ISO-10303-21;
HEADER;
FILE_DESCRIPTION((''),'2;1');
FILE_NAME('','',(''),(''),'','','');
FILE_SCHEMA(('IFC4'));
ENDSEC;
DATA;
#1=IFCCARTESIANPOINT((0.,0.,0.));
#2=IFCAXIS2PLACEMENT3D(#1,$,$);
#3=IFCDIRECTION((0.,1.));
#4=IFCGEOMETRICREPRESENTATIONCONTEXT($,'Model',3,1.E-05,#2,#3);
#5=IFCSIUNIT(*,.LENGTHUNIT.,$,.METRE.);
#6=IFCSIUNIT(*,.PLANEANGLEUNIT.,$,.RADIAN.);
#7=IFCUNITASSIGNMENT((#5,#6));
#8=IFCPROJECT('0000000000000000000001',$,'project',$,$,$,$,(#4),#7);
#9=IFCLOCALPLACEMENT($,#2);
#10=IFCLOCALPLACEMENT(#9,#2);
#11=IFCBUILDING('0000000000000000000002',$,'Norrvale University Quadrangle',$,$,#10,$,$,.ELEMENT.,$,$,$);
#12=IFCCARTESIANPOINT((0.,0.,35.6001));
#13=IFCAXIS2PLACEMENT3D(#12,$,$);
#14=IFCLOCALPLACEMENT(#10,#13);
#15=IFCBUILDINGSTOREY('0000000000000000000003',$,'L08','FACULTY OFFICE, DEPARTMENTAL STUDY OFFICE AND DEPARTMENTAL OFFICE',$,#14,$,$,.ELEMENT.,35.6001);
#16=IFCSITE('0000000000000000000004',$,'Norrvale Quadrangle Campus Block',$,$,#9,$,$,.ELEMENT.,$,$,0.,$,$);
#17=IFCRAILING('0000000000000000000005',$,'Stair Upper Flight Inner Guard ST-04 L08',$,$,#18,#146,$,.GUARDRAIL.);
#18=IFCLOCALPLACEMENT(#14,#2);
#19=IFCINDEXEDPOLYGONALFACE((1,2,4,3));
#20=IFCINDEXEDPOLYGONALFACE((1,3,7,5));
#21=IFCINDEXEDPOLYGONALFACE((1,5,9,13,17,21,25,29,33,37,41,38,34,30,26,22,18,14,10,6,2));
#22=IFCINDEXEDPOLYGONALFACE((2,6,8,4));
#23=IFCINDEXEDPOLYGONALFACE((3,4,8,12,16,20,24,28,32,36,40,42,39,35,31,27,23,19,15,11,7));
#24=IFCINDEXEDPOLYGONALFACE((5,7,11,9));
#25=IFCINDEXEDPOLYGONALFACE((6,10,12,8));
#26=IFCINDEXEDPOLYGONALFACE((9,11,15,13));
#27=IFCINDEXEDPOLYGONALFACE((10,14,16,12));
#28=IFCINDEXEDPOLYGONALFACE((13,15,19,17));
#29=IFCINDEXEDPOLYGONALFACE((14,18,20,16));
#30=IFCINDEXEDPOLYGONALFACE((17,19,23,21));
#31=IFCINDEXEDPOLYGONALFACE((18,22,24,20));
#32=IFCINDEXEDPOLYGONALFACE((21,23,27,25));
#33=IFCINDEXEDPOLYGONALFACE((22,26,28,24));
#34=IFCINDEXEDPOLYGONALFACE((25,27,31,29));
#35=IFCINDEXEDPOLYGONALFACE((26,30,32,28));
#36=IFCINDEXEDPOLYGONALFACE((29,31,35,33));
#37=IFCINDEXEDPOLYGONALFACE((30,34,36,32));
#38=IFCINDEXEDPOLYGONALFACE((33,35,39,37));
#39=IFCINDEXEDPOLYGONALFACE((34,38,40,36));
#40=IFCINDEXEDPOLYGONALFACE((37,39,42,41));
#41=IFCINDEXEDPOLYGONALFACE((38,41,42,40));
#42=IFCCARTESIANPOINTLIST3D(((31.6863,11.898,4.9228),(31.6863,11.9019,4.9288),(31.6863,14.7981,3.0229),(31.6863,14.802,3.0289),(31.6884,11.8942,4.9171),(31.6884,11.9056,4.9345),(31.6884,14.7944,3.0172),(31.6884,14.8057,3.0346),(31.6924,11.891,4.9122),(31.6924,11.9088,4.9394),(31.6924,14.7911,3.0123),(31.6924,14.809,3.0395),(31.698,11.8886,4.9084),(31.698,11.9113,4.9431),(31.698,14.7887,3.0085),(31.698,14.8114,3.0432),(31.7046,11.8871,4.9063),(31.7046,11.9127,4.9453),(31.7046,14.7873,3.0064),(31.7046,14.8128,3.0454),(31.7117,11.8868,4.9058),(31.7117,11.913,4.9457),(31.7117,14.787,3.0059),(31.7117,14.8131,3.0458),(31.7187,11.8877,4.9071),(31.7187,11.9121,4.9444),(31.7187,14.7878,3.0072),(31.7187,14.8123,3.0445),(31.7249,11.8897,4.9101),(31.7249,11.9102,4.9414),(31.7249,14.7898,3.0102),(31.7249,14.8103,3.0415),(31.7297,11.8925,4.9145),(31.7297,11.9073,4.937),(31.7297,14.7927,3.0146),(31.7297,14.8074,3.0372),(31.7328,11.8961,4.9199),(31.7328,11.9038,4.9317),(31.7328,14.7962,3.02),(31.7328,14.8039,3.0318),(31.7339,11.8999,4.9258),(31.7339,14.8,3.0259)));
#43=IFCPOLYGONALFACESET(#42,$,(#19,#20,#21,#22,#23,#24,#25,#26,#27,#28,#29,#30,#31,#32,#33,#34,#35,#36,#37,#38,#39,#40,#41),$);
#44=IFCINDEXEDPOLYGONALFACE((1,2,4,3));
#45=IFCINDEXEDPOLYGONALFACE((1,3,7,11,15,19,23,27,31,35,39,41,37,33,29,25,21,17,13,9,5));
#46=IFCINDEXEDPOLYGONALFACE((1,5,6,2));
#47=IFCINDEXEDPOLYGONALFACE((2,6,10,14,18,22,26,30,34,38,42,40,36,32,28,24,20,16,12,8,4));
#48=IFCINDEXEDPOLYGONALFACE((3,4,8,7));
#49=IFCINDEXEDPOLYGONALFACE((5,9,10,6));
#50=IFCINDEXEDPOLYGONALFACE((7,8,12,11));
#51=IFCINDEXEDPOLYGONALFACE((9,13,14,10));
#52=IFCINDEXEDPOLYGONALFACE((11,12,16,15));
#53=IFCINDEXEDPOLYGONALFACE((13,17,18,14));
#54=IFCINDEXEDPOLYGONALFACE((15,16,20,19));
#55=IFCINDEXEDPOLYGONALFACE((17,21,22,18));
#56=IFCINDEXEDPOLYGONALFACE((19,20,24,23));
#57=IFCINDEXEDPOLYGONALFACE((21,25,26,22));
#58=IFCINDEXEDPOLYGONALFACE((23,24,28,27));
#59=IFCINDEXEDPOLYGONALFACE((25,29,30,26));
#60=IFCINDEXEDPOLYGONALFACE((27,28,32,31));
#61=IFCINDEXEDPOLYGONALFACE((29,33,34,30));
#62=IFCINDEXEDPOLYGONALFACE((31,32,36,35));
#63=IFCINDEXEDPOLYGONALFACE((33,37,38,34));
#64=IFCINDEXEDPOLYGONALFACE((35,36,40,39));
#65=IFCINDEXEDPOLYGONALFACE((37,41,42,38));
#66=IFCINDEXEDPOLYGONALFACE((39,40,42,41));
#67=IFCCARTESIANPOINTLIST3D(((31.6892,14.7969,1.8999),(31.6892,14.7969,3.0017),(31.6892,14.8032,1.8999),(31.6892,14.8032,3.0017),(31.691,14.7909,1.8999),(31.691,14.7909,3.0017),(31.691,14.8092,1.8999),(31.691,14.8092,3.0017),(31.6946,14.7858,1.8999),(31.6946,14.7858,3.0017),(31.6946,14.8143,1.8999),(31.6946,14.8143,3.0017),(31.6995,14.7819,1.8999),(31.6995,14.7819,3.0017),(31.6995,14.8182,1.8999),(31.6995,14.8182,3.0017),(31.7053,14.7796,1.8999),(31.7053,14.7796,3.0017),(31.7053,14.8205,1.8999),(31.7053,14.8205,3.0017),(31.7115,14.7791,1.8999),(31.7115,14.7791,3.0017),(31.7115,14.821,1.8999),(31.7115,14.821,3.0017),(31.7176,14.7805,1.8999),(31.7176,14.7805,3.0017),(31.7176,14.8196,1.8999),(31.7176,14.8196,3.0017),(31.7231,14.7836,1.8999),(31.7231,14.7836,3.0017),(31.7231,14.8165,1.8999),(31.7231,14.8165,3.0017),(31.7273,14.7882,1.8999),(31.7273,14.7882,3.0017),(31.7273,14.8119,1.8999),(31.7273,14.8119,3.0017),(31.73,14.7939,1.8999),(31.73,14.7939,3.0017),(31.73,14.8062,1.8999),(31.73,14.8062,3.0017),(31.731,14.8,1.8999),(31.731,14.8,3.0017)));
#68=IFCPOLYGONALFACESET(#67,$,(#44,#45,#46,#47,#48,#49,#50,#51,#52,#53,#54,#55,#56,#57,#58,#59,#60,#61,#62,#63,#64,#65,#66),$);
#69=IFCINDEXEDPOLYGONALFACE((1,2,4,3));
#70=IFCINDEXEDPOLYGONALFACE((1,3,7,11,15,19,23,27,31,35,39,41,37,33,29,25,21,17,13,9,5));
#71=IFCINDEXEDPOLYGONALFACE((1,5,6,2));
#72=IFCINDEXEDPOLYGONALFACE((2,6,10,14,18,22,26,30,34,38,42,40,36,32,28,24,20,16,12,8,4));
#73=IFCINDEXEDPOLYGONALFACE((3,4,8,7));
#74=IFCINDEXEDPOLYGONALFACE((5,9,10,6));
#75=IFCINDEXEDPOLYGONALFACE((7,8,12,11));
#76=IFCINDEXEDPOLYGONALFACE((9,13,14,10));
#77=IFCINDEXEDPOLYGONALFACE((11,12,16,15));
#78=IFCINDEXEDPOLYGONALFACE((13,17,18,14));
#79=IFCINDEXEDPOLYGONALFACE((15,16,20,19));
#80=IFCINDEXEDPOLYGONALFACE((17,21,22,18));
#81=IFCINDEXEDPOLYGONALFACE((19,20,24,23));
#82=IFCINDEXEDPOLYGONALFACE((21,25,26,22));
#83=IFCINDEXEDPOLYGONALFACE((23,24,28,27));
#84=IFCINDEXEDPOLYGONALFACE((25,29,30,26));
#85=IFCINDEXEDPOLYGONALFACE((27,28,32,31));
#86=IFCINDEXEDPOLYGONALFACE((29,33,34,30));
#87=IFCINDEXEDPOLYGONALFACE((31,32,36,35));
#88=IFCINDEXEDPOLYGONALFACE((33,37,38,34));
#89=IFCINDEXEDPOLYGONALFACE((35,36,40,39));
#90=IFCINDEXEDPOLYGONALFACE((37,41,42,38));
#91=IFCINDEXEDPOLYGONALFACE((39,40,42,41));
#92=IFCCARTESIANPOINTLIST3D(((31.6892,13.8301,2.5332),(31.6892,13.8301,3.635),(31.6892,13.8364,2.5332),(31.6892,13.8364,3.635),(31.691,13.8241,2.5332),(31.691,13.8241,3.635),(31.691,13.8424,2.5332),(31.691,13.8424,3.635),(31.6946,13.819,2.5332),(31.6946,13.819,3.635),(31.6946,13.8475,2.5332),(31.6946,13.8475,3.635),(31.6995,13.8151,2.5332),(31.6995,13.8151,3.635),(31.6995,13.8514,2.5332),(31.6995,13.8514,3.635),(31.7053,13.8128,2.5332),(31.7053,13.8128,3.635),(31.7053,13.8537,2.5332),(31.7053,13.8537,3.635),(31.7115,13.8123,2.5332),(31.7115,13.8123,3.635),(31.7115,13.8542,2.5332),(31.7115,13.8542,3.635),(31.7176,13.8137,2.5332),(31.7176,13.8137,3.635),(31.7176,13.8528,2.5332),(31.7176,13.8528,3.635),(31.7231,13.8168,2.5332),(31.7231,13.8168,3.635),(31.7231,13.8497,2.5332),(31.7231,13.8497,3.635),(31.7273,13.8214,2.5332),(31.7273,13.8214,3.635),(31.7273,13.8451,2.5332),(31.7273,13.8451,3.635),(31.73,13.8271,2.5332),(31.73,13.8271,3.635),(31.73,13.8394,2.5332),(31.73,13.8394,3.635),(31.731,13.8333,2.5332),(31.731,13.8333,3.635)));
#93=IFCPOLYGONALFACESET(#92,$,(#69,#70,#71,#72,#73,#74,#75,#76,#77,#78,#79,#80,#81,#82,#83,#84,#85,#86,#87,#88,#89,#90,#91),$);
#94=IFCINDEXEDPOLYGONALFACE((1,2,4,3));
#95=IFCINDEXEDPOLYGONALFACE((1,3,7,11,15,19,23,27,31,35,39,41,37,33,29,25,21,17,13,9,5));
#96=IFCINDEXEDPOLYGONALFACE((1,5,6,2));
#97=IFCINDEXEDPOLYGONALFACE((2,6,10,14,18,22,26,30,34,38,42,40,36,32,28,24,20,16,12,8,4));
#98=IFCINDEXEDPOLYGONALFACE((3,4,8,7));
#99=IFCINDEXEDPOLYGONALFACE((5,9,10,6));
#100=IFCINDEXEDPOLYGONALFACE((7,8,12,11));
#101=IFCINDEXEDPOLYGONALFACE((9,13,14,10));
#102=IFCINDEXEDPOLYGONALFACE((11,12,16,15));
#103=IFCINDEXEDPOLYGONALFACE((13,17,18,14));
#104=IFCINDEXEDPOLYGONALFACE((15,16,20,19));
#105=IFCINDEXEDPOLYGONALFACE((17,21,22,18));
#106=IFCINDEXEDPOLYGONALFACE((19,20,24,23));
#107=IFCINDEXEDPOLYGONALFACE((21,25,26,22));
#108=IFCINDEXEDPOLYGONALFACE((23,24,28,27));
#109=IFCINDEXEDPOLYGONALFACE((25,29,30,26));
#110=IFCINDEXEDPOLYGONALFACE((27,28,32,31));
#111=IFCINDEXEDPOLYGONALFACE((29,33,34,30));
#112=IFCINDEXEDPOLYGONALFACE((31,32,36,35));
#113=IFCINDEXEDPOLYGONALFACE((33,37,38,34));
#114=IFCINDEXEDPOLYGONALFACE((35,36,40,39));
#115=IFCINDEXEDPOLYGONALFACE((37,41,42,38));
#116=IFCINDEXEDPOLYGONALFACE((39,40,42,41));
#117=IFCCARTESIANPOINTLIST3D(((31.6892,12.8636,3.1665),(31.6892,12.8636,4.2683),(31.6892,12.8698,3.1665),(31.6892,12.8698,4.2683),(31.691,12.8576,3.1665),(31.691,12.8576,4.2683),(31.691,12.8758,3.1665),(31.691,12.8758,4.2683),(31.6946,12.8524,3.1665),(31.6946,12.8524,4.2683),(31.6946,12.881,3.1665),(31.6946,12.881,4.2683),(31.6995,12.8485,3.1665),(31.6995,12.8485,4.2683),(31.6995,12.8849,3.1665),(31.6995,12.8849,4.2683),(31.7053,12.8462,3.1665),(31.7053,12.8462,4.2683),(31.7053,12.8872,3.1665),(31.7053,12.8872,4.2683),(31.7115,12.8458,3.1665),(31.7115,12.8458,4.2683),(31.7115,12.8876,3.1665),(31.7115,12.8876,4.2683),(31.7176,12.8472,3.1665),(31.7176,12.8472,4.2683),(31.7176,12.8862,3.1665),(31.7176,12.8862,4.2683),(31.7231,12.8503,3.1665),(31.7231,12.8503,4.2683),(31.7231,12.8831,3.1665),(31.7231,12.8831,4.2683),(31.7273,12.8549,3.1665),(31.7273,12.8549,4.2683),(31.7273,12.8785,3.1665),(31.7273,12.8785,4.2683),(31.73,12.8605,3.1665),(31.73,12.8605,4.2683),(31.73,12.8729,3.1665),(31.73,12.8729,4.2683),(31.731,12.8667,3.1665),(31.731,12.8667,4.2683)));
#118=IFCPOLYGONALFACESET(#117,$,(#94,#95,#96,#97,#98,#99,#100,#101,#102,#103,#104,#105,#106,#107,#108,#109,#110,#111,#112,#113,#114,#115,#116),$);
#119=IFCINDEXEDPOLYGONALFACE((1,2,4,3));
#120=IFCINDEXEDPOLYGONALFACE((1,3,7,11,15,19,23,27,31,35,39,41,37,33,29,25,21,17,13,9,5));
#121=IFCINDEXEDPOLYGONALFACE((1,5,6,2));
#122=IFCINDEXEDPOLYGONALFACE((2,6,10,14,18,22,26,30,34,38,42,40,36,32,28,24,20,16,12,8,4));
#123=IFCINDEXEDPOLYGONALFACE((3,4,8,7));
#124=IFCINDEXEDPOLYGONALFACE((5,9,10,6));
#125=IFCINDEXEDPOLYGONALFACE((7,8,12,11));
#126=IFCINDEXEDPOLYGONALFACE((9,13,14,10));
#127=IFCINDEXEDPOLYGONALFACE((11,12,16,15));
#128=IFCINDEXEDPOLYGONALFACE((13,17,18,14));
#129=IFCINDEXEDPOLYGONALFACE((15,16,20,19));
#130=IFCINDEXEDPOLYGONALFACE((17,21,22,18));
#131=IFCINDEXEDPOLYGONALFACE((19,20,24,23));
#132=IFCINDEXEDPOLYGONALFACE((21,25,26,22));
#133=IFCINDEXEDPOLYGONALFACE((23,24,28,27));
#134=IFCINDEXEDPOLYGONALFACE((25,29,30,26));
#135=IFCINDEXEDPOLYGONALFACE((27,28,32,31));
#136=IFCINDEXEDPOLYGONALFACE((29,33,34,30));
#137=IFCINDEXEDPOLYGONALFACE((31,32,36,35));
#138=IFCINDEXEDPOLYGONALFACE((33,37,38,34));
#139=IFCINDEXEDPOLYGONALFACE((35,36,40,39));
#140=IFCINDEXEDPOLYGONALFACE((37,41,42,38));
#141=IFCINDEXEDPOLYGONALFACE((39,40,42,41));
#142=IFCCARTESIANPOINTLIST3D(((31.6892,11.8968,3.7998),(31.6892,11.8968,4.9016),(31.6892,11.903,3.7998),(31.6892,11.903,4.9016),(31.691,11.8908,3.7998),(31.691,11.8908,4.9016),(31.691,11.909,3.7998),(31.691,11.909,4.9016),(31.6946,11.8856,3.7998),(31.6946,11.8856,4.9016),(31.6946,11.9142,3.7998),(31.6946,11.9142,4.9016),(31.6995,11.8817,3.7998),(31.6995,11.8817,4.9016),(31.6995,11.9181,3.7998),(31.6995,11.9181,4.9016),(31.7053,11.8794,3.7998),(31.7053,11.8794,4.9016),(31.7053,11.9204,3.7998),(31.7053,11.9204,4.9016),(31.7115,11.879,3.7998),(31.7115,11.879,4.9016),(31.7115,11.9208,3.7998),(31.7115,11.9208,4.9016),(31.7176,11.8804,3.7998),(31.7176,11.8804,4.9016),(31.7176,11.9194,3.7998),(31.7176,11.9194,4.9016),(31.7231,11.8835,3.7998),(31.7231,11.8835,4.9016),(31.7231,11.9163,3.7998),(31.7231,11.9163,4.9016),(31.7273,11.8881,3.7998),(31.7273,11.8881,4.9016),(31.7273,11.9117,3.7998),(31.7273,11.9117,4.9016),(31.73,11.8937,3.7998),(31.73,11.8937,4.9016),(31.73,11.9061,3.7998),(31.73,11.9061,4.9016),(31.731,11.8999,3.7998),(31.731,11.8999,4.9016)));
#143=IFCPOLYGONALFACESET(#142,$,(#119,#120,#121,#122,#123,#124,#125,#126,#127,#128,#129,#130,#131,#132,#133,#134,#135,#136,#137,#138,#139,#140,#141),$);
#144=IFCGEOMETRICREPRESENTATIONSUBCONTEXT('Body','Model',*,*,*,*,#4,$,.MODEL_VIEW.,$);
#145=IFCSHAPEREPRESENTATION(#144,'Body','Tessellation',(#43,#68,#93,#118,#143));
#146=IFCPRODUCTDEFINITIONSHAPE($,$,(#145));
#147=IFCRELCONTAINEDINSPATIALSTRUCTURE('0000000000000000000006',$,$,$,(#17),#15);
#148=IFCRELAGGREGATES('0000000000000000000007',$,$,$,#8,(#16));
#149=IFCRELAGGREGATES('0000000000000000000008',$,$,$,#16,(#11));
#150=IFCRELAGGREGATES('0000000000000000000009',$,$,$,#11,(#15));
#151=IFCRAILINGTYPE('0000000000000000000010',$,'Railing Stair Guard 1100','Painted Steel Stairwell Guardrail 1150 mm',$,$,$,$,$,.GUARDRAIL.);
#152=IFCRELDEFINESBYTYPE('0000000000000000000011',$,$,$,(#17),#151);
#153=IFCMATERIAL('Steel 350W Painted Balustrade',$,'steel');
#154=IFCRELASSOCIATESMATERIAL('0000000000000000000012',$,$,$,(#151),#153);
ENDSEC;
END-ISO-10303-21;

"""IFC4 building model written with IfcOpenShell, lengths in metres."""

from ifc_helpers import new_model, si_unit, direction, frame, origin, origin_2d, place, context, subcontext, project, spatial, circle, extrude, material, type_object, element, save


model = new_model("IFC4")

# Units and contexts
model_context = context("Model", 3, precision=1e-05, world=origin(), true_north=direction((0.0, 1.0)))
body_context = subcontext(model_context, "Body", "Model", "MODEL_VIEW")
ifc_project = project(units=[si_unit("LENGTHUNIT", "METRE"), si_unit("PLANEANGLEUNIT", "RADIAN")], contexts=[model_context])

# Site, building, storey
site_placement = place(None, origin())
site = spatial("IfcSite", under=ifc_project, at=site_placement, Name="Norrvale Quadrangle Campus Block", CompositionType="ELEMENT", RefElevation=0.0)
building_placement = place(site_placement, origin())
building = spatial("IfcBuilding", under=site, at=building_placement, Name="Norrvale University Quadrangle", CompositionType="ELEMENT")
storey_placement = place(building_placement, frame((0.0, 0.0, 35.6001)))
storey = spatial("IfcBuildingStorey", under=building, at=storey_placement, Name="L08", Description="FACULTY OFFICE, DEPARTMENTAL STUDY OFFICE AND DEPARTMENTAL OFFICE", CompositionType="ELEMENT", Elevation=35.6001)

# Railing
ifc_material_1 = material(Name="Steel 350W Painted Balustrade", Category="steel")
railing_type_1 = type_object("IfcRailingType", Name="Railing Stair Guard 1100", Description="Painted Steel Stairwell Guardrail 1150 mm", PredefinedType="GUARDRAIL", material=ifc_material_1)
railing_1_placement = place(storey_placement, frame((31.71, 14.8, 1.8999)))
element("IfcRailing", 1, at=railing_1_placement, inside=storey, type_object=railing_type_1, Name="Stair Upper Flight Inner Guard ST-04 L08", PredefinedType="GUARDRAIL", context=body_context, shape_type="SweptSolid", body=[
    extrude(circle(Radius=0.0239, at=origin_2d()), frame((0.0, 0.0, 1.126), z_axis=(0.0, -0.836487, 0.547987), x_axis=(1.0, 0.0, 0.0)), (0.0, 0.0, 1.0), 3.467),
    extrude(circle(Radius=0.021, at=origin_2d()), origin(), (0.0, 0.0, 1.0), 1.1018),
    extrude(circle(Radius=0.021, at=origin_2d()), frame((0.0, -0.9668, 0.6333)), (0.0, 0.0, 1.0), 1.1018),
    extrude(circle(Radius=0.021, at=origin_2d()), frame((0.0, -1.9333, 1.2666)), (0.0, 0.0, 1.0), 1.1018),
    extrude(circle(Radius=0.021, at=origin_2d()), frame((0.0, -2.9001, 1.8999)), (0.0, 0.0, 1.0), 1.1018),
])

save(model, "model.ifc")
